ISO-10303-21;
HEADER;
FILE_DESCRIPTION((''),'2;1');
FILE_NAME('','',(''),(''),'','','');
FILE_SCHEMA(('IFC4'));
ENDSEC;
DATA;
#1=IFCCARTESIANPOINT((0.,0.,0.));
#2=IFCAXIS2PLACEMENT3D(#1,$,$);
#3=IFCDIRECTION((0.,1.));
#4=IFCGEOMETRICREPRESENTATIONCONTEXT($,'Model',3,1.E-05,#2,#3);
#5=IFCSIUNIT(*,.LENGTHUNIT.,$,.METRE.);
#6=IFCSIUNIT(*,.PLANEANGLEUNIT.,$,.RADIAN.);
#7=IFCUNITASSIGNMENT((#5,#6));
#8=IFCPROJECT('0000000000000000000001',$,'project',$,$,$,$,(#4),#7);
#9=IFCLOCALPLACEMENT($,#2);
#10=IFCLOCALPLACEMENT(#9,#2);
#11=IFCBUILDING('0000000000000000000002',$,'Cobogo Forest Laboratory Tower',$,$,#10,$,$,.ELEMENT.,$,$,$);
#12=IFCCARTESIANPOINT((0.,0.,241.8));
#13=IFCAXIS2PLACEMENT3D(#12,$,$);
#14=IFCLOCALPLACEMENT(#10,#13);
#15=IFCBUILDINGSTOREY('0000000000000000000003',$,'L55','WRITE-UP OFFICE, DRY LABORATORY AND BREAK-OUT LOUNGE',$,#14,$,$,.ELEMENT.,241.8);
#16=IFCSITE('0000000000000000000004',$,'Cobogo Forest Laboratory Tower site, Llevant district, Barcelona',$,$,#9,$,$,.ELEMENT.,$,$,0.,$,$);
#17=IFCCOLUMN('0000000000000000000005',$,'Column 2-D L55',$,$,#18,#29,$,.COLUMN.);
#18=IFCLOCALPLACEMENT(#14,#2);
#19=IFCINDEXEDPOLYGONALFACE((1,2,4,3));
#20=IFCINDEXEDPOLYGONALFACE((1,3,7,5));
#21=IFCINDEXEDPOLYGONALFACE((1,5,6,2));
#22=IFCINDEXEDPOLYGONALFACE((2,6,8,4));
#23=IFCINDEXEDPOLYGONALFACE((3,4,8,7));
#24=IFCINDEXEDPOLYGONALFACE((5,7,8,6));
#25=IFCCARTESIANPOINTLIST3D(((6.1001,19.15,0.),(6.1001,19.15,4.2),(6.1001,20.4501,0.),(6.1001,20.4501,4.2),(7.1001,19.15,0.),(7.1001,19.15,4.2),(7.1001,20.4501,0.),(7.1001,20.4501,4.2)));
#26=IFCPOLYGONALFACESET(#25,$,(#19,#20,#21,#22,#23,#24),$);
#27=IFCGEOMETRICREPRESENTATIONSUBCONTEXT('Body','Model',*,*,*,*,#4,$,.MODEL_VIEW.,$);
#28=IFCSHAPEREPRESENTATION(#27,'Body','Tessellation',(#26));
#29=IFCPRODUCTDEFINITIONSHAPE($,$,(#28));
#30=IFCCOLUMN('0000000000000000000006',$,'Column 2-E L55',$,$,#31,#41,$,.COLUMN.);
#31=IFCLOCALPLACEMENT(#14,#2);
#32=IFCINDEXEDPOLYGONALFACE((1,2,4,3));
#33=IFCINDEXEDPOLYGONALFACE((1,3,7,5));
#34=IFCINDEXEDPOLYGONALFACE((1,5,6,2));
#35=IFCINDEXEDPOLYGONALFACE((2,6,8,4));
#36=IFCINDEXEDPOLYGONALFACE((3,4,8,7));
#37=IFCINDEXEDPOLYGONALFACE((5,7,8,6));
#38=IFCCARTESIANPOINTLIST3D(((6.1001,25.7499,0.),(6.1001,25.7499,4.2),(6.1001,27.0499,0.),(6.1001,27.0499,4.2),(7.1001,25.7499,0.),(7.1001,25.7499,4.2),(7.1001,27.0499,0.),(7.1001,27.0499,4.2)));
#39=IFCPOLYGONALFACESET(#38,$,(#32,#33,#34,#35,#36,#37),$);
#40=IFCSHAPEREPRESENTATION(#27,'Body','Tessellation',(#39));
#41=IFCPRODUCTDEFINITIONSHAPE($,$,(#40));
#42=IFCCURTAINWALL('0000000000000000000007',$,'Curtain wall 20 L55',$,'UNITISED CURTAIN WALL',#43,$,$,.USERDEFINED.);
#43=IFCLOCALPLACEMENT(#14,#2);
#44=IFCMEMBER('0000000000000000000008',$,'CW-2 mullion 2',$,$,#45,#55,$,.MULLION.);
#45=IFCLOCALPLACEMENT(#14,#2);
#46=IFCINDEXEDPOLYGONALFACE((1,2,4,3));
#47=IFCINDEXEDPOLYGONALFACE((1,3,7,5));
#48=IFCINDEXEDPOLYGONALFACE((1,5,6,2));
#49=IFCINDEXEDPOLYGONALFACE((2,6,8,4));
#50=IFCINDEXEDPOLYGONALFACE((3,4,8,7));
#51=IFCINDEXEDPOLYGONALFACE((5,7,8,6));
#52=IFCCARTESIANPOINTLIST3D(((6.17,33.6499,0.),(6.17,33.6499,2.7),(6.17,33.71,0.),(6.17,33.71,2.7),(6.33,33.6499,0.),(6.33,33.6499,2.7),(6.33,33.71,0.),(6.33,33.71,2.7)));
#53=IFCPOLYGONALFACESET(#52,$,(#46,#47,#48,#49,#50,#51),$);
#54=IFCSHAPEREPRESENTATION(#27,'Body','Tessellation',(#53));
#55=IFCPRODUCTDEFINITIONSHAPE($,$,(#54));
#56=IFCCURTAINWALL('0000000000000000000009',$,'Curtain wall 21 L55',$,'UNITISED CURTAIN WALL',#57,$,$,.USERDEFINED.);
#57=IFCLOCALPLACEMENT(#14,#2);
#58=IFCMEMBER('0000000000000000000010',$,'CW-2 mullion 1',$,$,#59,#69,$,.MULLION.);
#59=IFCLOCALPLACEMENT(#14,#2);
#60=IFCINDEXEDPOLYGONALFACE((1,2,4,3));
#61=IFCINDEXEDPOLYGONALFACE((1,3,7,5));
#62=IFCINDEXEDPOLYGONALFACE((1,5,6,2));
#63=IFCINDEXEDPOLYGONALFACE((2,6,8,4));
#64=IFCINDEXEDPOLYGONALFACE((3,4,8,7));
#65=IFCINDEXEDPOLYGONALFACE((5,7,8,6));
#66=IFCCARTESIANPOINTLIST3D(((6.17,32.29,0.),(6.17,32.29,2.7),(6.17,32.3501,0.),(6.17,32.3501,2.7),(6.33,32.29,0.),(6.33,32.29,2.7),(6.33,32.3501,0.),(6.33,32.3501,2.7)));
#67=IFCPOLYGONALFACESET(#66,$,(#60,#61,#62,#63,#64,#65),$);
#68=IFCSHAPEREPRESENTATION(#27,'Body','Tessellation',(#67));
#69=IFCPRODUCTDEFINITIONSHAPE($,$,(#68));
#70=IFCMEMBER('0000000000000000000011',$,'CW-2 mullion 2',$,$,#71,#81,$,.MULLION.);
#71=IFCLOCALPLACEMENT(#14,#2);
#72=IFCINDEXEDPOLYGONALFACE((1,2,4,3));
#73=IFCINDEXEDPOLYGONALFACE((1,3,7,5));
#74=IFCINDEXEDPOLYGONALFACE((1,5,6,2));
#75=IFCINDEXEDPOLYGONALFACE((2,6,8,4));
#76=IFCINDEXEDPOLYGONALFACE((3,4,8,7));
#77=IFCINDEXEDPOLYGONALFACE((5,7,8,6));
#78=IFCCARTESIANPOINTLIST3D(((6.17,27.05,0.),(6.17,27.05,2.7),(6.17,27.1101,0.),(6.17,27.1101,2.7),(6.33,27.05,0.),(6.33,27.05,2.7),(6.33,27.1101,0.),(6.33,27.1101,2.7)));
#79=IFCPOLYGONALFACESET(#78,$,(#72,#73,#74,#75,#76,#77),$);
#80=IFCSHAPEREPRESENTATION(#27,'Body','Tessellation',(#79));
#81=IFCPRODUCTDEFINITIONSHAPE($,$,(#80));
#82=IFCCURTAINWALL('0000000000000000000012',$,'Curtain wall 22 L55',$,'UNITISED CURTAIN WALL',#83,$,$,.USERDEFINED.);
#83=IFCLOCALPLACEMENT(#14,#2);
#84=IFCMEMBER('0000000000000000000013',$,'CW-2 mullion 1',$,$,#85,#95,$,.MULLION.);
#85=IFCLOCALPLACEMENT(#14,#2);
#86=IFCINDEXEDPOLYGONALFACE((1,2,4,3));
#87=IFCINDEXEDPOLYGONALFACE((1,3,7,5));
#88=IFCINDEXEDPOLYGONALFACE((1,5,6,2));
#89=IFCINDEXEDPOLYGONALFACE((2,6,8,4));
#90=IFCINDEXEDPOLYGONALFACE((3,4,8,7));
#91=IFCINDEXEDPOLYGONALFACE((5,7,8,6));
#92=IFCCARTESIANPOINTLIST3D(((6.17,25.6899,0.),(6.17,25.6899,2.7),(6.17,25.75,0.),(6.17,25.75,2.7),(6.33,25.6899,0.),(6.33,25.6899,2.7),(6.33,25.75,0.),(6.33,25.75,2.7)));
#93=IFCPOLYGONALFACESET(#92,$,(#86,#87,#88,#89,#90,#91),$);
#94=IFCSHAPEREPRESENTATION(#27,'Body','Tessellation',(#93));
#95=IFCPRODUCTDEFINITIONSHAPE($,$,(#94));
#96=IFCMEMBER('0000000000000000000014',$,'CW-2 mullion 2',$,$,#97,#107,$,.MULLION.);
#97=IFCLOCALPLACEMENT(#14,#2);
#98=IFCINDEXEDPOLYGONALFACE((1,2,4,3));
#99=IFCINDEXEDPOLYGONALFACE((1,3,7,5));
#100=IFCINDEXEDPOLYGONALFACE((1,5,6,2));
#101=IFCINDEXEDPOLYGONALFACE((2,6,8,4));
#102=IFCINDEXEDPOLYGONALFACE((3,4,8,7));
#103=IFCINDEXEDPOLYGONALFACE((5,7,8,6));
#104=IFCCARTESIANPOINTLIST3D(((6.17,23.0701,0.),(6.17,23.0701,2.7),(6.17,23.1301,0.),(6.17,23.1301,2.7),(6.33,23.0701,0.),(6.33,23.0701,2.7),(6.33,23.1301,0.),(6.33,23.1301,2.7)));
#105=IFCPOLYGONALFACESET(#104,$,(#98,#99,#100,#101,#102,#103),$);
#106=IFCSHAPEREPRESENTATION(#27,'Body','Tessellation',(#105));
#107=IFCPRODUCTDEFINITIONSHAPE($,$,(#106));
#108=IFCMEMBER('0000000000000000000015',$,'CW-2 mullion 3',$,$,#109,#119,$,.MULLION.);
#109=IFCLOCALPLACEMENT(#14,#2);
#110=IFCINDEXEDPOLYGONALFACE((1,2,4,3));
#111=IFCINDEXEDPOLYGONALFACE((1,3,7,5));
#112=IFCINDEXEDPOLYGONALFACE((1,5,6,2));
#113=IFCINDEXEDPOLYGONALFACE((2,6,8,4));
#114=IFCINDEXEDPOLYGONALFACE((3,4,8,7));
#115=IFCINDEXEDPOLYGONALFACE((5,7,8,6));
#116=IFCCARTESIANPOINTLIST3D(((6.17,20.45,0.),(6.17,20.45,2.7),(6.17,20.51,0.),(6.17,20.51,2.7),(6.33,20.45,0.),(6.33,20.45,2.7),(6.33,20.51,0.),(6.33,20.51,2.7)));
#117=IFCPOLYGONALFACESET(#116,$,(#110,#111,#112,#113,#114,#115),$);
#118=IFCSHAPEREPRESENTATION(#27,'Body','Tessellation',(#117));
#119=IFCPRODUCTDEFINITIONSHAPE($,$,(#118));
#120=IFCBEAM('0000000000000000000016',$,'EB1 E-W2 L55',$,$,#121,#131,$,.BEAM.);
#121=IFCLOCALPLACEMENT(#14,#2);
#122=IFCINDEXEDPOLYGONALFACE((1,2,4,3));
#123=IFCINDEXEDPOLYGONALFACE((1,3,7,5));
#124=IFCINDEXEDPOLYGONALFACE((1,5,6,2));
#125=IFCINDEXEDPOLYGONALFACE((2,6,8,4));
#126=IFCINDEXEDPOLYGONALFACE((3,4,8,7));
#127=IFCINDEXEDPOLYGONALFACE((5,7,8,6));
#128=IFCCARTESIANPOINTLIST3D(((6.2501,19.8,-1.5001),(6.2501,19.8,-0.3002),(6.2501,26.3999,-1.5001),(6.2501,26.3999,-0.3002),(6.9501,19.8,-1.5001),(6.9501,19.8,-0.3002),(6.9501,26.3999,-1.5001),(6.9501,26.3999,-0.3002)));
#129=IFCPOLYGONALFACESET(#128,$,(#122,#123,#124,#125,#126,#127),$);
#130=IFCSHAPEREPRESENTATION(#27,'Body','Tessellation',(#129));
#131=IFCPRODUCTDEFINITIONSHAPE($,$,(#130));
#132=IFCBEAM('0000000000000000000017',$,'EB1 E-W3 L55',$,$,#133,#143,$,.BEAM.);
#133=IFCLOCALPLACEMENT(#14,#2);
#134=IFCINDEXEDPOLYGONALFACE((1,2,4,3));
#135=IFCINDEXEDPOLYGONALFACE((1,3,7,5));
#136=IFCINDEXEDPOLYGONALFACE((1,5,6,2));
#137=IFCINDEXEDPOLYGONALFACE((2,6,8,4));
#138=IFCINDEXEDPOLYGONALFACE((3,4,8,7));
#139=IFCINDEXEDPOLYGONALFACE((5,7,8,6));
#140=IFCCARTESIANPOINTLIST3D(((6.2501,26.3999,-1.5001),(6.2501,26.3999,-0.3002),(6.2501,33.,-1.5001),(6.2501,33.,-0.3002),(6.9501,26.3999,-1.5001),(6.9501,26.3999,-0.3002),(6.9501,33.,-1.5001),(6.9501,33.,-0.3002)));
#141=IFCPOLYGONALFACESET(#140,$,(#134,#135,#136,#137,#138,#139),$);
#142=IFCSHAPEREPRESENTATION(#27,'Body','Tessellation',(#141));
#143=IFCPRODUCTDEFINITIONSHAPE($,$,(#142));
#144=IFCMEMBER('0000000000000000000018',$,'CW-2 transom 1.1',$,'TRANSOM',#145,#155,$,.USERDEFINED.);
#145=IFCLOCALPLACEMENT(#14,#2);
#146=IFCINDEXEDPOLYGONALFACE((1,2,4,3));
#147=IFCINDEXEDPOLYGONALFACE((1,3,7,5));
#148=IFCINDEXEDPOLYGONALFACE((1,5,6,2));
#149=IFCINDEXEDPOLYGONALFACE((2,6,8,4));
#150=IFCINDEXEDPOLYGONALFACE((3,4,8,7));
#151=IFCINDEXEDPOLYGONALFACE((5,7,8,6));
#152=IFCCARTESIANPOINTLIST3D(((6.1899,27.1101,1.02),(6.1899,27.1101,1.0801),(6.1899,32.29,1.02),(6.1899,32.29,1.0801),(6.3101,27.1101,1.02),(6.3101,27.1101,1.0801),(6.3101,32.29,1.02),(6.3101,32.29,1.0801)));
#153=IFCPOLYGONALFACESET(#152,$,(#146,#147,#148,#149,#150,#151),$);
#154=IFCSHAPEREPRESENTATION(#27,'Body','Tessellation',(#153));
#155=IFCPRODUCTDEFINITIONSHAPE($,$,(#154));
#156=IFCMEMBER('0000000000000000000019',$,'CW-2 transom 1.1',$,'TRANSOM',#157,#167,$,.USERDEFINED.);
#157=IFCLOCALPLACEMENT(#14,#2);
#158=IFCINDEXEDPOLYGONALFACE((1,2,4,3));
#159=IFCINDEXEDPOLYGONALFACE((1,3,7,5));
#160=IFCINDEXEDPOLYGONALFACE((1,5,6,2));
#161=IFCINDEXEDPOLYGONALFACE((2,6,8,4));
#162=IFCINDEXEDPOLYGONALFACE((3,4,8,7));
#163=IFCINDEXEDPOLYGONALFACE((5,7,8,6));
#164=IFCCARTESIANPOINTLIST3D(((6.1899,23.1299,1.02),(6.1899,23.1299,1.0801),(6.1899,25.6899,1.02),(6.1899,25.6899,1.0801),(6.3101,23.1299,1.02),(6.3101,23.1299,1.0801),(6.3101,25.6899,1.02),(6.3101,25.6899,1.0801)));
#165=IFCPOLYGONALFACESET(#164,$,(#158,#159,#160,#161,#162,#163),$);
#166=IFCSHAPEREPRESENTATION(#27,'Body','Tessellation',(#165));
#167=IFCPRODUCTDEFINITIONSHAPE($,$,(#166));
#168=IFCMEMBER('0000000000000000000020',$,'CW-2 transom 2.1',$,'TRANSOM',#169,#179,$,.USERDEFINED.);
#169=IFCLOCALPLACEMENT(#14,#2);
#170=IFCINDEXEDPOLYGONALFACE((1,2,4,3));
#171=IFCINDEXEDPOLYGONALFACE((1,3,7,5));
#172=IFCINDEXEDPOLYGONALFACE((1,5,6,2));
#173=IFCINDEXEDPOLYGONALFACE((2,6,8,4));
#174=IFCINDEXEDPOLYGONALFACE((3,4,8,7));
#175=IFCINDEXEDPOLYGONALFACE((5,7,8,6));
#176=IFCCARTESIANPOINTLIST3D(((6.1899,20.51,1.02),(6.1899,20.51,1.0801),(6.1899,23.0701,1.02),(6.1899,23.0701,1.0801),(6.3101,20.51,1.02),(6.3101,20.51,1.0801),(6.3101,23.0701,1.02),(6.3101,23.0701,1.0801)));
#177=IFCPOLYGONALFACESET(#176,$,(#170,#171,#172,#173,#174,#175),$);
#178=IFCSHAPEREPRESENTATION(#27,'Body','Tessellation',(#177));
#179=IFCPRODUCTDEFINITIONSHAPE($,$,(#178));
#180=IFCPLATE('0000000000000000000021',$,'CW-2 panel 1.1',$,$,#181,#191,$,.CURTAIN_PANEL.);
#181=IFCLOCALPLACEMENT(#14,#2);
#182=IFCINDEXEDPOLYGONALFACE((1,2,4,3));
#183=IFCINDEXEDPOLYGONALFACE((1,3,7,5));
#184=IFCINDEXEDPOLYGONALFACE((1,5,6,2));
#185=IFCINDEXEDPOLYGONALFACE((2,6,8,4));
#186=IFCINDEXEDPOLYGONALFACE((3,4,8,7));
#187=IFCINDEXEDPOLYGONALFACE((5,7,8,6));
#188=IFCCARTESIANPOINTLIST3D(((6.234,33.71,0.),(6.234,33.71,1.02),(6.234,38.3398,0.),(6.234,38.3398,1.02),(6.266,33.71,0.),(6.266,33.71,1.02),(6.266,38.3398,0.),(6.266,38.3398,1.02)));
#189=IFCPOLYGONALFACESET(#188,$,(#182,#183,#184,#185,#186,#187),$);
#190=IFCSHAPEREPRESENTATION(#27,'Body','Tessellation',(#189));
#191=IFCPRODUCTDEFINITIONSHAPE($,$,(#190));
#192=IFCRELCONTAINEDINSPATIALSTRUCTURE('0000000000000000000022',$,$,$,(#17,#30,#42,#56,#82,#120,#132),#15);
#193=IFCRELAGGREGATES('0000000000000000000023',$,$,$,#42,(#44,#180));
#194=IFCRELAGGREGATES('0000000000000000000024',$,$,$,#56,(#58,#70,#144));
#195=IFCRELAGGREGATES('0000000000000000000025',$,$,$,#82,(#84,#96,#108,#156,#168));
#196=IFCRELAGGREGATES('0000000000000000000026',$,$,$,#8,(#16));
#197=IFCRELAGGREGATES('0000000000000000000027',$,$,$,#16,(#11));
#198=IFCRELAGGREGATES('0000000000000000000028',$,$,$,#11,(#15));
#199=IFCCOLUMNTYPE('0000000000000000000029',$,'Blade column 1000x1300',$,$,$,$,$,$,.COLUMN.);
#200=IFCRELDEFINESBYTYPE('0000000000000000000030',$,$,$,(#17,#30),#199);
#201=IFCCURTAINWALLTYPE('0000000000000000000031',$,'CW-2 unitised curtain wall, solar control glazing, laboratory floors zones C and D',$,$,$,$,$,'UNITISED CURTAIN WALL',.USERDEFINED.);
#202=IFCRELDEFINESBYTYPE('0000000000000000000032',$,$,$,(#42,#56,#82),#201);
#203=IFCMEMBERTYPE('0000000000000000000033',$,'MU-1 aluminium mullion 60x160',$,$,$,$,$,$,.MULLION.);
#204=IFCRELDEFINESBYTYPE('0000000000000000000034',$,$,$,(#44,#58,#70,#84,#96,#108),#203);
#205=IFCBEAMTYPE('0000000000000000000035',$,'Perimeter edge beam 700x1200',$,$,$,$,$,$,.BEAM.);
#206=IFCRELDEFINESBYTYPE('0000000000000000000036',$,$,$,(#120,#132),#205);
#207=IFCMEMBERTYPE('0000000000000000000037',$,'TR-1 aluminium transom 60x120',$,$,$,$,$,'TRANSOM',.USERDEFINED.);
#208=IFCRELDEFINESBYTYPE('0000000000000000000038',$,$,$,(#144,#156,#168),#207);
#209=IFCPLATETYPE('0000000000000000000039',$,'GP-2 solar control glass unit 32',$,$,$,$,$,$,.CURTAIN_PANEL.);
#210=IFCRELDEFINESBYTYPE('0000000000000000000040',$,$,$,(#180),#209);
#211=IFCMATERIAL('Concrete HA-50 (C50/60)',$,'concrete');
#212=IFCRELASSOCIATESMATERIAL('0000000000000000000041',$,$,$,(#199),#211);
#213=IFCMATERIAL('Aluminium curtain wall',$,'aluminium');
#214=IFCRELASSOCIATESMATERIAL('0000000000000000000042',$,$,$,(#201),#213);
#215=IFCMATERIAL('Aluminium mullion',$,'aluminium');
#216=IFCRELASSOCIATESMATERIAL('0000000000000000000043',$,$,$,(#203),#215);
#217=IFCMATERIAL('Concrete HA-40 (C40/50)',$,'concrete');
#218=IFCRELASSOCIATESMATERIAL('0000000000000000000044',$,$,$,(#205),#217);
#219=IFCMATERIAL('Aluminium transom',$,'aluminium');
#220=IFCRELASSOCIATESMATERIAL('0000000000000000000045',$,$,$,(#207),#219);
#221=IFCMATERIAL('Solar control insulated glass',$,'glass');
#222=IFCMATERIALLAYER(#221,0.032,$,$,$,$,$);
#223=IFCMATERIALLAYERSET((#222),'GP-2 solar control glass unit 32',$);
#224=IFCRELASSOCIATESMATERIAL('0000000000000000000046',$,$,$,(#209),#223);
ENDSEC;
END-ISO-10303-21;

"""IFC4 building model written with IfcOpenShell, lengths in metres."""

from ifc_helpers import new_model, si_unit, direction, frame, origin, origin_2d, place, context, subcontext, project, spatial, rectangle, extrude, material, layer, layer_set, material_profile, profile_set, type_object, element, aggregate, save


model = new_model("IFC4")

# Units and contexts
model_context = context("Model", 3, precision=1e-05, world=origin(), true_north=direction((0.0, 1.0)))
body_context = subcontext(model_context, "Body", "Model", "MODEL_VIEW")
ifc_project = project(units=[si_unit("LENGTHUNIT", "METRE"), si_unit("PLANEANGLEUNIT", "RADIAN")], contexts=[model_context])

# Site, building, storey
site_placement = place(None, origin())
site = spatial("IfcSite", under=ifc_project, at=site_placement, Name="Cobogo Forest Laboratory Tower site, Llevant district, Barcelona", CompositionType="ELEMENT", RefElevation=0.0)
building_placement = place(site_placement, origin())
building = spatial("IfcBuilding", under=site, at=building_placement, Name="Cobogo Forest Laboratory Tower", CompositionType="ELEMENT")
storey_placement = place(building_placement, frame((0.0, 0.0, 241.8)))
storey = spatial("IfcBuildingStorey", under=building, at=storey_placement, Name="L55", Description="WRITE-UP OFFICE, DRY LABORATORY AND BREAK-OUT LOUNGE", CompositionType="ELEMENT", Elevation=241.8)

# Columns
ifc_material_1 = material(Name="Concrete HA-50 (C50/60)", Category="concrete")
ifc_material_profile_1 = material_profile(ifc_material_1, rectangle(XDim=1.3, YDim=1.0, at=origin_2d()), Name="RC 1000x1300")
ifc_profile_set_1 = profile_set([ifc_material_profile_1], Name="Concrete HA-50 (C50/60)")
column_type = type_object("IfcColumnType", Name="Blade column 1000x1300", PredefinedType="COLUMN", material=ifc_profile_set_1)
for number, where, z_axis, x_axis, name in (
    (1, (6.6001, 19.8, 0.0), (0.0, 0.0, 1.0), (0.0, 1.0, 0.0), "Column 2-D L55"),
    (2, (6.6001, 26.3999, 0.0), (0.0, 0.0, 1.0), (0.0, 1.0, 0.0), "Column 2-E L55"),
):
    element("IfcColumn", number, at=place(storey_placement, frame(where, z_axis=z_axis, x_axis=x_axis)), inside=storey, type_object=column_type, Name=name, PredefinedType="COLUMN", context=body_context, shape_type="SweptSolid", body=[
        extrude(rectangle(XDim=1.3, YDim=1.0, at=origin_2d()), origin(), (0.0, 0.0, 1.0), 4.2),
    ])

# Curtain wall, member
ifc_material_2 = material(Name="Aluminium curtain wall", Category="aluminium")
curtain_wall_type = type_object("IfcCurtainWallType", Name="CW-2 unitised curtain wall, solar control glazing, laboratory floors zones C and D", ElementType="UNITISED CURTAIN WALL", PredefinedType="USERDEFINED", material=ifc_material_2)
curtain_wall_1_placement = place(storey_placement, origin())
curtain_wall_1 = element("IfcCurtainWall", 3, at=curtain_wall_1_placement, inside=storey, type_object=curtain_wall_type, Name="Curtain wall 20 L55", ObjectType="UNITISED CURTAIN WALL", PredefinedType="USERDEFINED")
ifc_material_3 = material(Name="Aluminium mullion", Category="aluminium")
ifc_material_profile_2 = material_profile(ifc_material_3, rectangle(XDim=0.0601, YDim=0.1599, at=origin_2d()), Name="AL 60x160")
ifc_profile_set_2 = profile_set([ifc_material_profile_2], Name="Aluminium mullion")
member_type_1 = type_object("IfcMemberType", Name="MU-1 aluminium mullion 60x160", PredefinedType="MULLION", material=ifc_profile_set_2)
member_1_placement = place(storey_placement, frame((6.25, 33.6799, 0.0), z_axis=(0.0, 0.0, 1.0), x_axis=(0.0, -1.0, 0.0)))
member_1 = element("IfcMember", 4, at=member_1_placement, type_object=member_type_1, Name="CW-2 mullion 2", PredefinedType="MULLION", context=body_context, shape_type="SweptSolid", body=[
    extrude(rectangle(XDim=0.0601, YDim=0.1599, at=origin_2d()), origin(), (0.0, 0.0, 1.0), 2.7),
])

# Curtain walls, members
curtain_wall_2_placement = place(storey_placement, origin())
curtain_wall_2 = element("IfcCurtainWall", 5, at=curtain_wall_2_placement, inside=storey, type_object=curtain_wall_type, Name="Curtain wall 21 L55", ObjectType="UNITISED CURTAIN WALL", PredefinedType="USERDEFINED")
member_2_placement = place(storey_placement, frame((6.25, 32.3201, 0.0), z_axis=(0.0, 0.0, 1.0), x_axis=(0.0, -1.0, 0.0)))
member_2 = element("IfcMember", 6, at=member_2_placement, type_object=member_type_1, Name="CW-2 mullion 1", PredefinedType="MULLION", context=body_context, shape_type="SweptSolid", body=[
    extrude(rectangle(XDim=0.0601, YDim=0.1599, at=origin_2d()), origin(), (0.0, 0.0, 1.0), 2.7),
])
member_3_placement = place(storey_placement, frame((6.25, 27.0801, 0.0), z_axis=(0.0, 0.0, 1.0), x_axis=(0.0, -1.0, 0.0)))
member_3 = element("IfcMember", 7, at=member_3_placement, type_object=member_type_1, Name="CW-2 mullion 2", PredefinedType="MULLION", context=body_context, shape_type="SweptSolid", body=[
    extrude(rectangle(XDim=0.0601, YDim=0.1599, at=origin_2d()), origin(), (0.0, 0.0, 1.0), 2.7),
])
curtain_wall_3_placement = place(storey_placement, origin())
curtain_wall_3 = element("IfcCurtainWall", 8, at=curtain_wall_3_placement, inside=storey, type_object=curtain_wall_type, Name="Curtain wall 22 L55", ObjectType="UNITISED CURTAIN WALL", PredefinedType="USERDEFINED")
member_4_placement = place(storey_placement, frame((6.25, 25.72, 0.0), z_axis=(0.0, 0.0, 1.0), x_axis=(0.0, -1.0, 0.0)))
member_4 = element("IfcMember", 9, at=member_4_placement, type_object=member_type_1, Name="CW-2 mullion 1", PredefinedType="MULLION", context=body_context, shape_type="SweptSolid", body=[
    extrude(rectangle(XDim=0.0601, YDim=0.1599, at=origin_2d()), origin(), (0.0, 0.0, 1.0), 2.7),
])
member_5_placement = place(storey_placement, frame((6.25, 23.1001, 0.0), z_axis=(0.0, 0.0, 1.0), x_axis=(0.0, -1.0, 0.0)))
member_5 = element("IfcMember", 10, at=member_5_placement, type_object=member_type_1, Name="CW-2 mullion 2", PredefinedType="MULLION", context=body_context, shape_type="SweptSolid", body=[
    extrude(rectangle(XDim=0.0601, YDim=0.1599, at=origin_2d()), origin(), (0.0, 0.0, 1.0), 2.7),
])
member_6_placement = place(storey_placement, frame((6.25, 20.48, 0.0), z_axis=(0.0, 0.0, 1.0), x_axis=(0.0, -1.0, 0.0)))
member_6 = element("IfcMember", 11, at=member_6_placement, type_object=member_type_1, Name="CW-2 mullion 3", PredefinedType="MULLION", context=body_context, shape_type="SweptSolid", body=[
    extrude(rectangle(XDim=0.0601, YDim=0.1599, at=origin_2d()), origin(), (0.0, 0.0, 1.0), 2.7),
])

# Beams
ifc_material_4 = material(Name="Concrete HA-40 (C40/50)", Category="concrete")
ifc_material_profile_3 = material_profile(ifc_material_4, rectangle(XDim=0.7, YDim=1.2, at=origin_2d()), Name="RC 700x1200")
ifc_profile_set_3 = profile_set([ifc_material_profile_3], Name="Concrete HA-40 (C40/50)")
beam_type = type_object("IfcBeamType", Name="Perimeter edge beam 700x1200", PredefinedType="BEAM", material=ifc_profile_set_3)
beam_1_placement = place(storey_placement, frame((6.6001, 19.8, -0.9001), z_axis=(0.0, 1.0, 0.0), x_axis=(-1.0, 0.0, 0.0)))
element("IfcBeam", 12, at=beam_1_placement, inside=storey, type_object=beam_type, Name="EB1 E-W2 L55", PredefinedType="BEAM", context=body_context, shape_type="SweptSolid", body=[
    extrude(rectangle(XDim=0.7, YDim=1.2, at=origin_2d()), origin(), (0.0, 0.0, 1.0), 6.5999),
])
beam_2_placement = place(storey_placement, frame((6.6001, 26.3999, -0.9001), z_axis=(0.0, 1.0, 0.0), x_axis=(-1.0, 0.0, 0.0)))
element("IfcBeam", 13, at=beam_2_placement, inside=storey, type_object=beam_type, Name="EB1 E-W3 L55", PredefinedType="BEAM", context=body_context, shape_type="SweptSolid", body=[
    extrude(rectangle(XDim=0.7, YDim=1.2, at=origin_2d()), origin(), (0.0, 0.0, 1.0), 6.6001),
])

# Members
ifc_material_5 = material(Name="Aluminium transom", Category="aluminium")
ifc_material_profile_4 = material_profile(ifc_material_5, rectangle(XDim=0.1201, YDim=0.0601, at=origin_2d()), Name="AL 60x120")
ifc_profile_set_4 = profile_set([ifc_material_profile_4], Name="Aluminium transom")
member_type_2 = type_object("IfcMemberType", Name="TR-1 aluminium transom 60x120", ElementType="TRANSOM", PredefinedType="USERDEFINED", material=ifc_profile_set_4)
member_7_placement = place(storey_placement, frame((6.25, 32.29, 1.05), z_axis=(0.0, -1.0, 0.0), x_axis=(1.0, 0.0, 0.0)))
member_7 = element("IfcMember", 14, at=member_7_placement, type_object=member_type_2, Name="CW-2 transom 1.1", ObjectType="TRANSOM", PredefinedType="USERDEFINED", context=body_context, shape_type="SweptSolid", body=[
    extrude(rectangle(XDim=0.1201, YDim=0.0601, at=origin_2d()), origin(), (0.0, 0.0, 1.0), 5.1799),
])
member_8_placement = place(storey_placement, frame((6.25, 25.6899, 1.05), z_axis=(0.0, -1.0, 0.0), x_axis=(1.0, 0.0, 0.0)))
member_8 = element("IfcMember", 15, at=member_8_placement, type_object=member_type_2, Name="CW-2 transom 1.1", ObjectType="TRANSOM", PredefinedType="USERDEFINED", context=body_context, shape_type="SweptSolid", body=[
    extrude(rectangle(XDim=0.1201, YDim=0.0601, at=origin_2d()), origin(), (0.0, 0.0, 1.0), 2.5601),
])
member_9_placement = place(storey_placement, frame((6.25, 23.0701, 1.05), z_axis=(0.0, -1.0, 0.0), x_axis=(1.0, 0.0, 0.0)))
member_9 = element("IfcMember", 16, at=member_9_placement, type_object=member_type_2, Name="CW-2 transom 2.1", ObjectType="TRANSOM", PredefinedType="USERDEFINED", context=body_context, shape_type="SweptSolid", body=[
    extrude(rectangle(XDim=0.1201, YDim=0.0601, at=origin_2d()), origin(), (0.0, 0.0, 1.0), 2.5601),
])

# Plate
ifc_material_6 = material(Name="Solar control insulated glass", Category="glass")
ifc_layer_1 = layer(ifc_material_6, 0.032)
ifc_layer_set_1 = layer_set([ifc_layer_1], Name="GP-2 solar control glass unit 32")
plate_type_1 = type_object("IfcPlateType", Name="GP-2 solar control glass unit 32", PredefinedType="CURTAIN_PANEL", material=ifc_layer_set_1)
plate_1_placement = place(storey_placement, frame((6.25, 36.0249, 0.0), z_axis=(0.0, 0.0, 1.0), x_axis=(0.0, -1.0, 0.0)))
plate_1 = element("IfcPlate", 17, at=plate_1_placement, type_object=plate_type_1, Name="CW-2 panel 1.1", PredefinedType="CURTAIN_PANEL", context=body_context, shape_type="SweptSolid", body=[
    extrude(rectangle(XDim=4.6299, YDim=0.032, at=origin_2d()), origin(), (0.0, 0.0, 1.0), 1.02),
])
aggregate(curtain_wall_1, [member_1, plate_1])
aggregate(curtain_wall_2, [member_2, member_3, member_7])
aggregate(curtain_wall_3, [member_4, member_5, member_6, member_8, member_9])

save(model, "model.ifc")
